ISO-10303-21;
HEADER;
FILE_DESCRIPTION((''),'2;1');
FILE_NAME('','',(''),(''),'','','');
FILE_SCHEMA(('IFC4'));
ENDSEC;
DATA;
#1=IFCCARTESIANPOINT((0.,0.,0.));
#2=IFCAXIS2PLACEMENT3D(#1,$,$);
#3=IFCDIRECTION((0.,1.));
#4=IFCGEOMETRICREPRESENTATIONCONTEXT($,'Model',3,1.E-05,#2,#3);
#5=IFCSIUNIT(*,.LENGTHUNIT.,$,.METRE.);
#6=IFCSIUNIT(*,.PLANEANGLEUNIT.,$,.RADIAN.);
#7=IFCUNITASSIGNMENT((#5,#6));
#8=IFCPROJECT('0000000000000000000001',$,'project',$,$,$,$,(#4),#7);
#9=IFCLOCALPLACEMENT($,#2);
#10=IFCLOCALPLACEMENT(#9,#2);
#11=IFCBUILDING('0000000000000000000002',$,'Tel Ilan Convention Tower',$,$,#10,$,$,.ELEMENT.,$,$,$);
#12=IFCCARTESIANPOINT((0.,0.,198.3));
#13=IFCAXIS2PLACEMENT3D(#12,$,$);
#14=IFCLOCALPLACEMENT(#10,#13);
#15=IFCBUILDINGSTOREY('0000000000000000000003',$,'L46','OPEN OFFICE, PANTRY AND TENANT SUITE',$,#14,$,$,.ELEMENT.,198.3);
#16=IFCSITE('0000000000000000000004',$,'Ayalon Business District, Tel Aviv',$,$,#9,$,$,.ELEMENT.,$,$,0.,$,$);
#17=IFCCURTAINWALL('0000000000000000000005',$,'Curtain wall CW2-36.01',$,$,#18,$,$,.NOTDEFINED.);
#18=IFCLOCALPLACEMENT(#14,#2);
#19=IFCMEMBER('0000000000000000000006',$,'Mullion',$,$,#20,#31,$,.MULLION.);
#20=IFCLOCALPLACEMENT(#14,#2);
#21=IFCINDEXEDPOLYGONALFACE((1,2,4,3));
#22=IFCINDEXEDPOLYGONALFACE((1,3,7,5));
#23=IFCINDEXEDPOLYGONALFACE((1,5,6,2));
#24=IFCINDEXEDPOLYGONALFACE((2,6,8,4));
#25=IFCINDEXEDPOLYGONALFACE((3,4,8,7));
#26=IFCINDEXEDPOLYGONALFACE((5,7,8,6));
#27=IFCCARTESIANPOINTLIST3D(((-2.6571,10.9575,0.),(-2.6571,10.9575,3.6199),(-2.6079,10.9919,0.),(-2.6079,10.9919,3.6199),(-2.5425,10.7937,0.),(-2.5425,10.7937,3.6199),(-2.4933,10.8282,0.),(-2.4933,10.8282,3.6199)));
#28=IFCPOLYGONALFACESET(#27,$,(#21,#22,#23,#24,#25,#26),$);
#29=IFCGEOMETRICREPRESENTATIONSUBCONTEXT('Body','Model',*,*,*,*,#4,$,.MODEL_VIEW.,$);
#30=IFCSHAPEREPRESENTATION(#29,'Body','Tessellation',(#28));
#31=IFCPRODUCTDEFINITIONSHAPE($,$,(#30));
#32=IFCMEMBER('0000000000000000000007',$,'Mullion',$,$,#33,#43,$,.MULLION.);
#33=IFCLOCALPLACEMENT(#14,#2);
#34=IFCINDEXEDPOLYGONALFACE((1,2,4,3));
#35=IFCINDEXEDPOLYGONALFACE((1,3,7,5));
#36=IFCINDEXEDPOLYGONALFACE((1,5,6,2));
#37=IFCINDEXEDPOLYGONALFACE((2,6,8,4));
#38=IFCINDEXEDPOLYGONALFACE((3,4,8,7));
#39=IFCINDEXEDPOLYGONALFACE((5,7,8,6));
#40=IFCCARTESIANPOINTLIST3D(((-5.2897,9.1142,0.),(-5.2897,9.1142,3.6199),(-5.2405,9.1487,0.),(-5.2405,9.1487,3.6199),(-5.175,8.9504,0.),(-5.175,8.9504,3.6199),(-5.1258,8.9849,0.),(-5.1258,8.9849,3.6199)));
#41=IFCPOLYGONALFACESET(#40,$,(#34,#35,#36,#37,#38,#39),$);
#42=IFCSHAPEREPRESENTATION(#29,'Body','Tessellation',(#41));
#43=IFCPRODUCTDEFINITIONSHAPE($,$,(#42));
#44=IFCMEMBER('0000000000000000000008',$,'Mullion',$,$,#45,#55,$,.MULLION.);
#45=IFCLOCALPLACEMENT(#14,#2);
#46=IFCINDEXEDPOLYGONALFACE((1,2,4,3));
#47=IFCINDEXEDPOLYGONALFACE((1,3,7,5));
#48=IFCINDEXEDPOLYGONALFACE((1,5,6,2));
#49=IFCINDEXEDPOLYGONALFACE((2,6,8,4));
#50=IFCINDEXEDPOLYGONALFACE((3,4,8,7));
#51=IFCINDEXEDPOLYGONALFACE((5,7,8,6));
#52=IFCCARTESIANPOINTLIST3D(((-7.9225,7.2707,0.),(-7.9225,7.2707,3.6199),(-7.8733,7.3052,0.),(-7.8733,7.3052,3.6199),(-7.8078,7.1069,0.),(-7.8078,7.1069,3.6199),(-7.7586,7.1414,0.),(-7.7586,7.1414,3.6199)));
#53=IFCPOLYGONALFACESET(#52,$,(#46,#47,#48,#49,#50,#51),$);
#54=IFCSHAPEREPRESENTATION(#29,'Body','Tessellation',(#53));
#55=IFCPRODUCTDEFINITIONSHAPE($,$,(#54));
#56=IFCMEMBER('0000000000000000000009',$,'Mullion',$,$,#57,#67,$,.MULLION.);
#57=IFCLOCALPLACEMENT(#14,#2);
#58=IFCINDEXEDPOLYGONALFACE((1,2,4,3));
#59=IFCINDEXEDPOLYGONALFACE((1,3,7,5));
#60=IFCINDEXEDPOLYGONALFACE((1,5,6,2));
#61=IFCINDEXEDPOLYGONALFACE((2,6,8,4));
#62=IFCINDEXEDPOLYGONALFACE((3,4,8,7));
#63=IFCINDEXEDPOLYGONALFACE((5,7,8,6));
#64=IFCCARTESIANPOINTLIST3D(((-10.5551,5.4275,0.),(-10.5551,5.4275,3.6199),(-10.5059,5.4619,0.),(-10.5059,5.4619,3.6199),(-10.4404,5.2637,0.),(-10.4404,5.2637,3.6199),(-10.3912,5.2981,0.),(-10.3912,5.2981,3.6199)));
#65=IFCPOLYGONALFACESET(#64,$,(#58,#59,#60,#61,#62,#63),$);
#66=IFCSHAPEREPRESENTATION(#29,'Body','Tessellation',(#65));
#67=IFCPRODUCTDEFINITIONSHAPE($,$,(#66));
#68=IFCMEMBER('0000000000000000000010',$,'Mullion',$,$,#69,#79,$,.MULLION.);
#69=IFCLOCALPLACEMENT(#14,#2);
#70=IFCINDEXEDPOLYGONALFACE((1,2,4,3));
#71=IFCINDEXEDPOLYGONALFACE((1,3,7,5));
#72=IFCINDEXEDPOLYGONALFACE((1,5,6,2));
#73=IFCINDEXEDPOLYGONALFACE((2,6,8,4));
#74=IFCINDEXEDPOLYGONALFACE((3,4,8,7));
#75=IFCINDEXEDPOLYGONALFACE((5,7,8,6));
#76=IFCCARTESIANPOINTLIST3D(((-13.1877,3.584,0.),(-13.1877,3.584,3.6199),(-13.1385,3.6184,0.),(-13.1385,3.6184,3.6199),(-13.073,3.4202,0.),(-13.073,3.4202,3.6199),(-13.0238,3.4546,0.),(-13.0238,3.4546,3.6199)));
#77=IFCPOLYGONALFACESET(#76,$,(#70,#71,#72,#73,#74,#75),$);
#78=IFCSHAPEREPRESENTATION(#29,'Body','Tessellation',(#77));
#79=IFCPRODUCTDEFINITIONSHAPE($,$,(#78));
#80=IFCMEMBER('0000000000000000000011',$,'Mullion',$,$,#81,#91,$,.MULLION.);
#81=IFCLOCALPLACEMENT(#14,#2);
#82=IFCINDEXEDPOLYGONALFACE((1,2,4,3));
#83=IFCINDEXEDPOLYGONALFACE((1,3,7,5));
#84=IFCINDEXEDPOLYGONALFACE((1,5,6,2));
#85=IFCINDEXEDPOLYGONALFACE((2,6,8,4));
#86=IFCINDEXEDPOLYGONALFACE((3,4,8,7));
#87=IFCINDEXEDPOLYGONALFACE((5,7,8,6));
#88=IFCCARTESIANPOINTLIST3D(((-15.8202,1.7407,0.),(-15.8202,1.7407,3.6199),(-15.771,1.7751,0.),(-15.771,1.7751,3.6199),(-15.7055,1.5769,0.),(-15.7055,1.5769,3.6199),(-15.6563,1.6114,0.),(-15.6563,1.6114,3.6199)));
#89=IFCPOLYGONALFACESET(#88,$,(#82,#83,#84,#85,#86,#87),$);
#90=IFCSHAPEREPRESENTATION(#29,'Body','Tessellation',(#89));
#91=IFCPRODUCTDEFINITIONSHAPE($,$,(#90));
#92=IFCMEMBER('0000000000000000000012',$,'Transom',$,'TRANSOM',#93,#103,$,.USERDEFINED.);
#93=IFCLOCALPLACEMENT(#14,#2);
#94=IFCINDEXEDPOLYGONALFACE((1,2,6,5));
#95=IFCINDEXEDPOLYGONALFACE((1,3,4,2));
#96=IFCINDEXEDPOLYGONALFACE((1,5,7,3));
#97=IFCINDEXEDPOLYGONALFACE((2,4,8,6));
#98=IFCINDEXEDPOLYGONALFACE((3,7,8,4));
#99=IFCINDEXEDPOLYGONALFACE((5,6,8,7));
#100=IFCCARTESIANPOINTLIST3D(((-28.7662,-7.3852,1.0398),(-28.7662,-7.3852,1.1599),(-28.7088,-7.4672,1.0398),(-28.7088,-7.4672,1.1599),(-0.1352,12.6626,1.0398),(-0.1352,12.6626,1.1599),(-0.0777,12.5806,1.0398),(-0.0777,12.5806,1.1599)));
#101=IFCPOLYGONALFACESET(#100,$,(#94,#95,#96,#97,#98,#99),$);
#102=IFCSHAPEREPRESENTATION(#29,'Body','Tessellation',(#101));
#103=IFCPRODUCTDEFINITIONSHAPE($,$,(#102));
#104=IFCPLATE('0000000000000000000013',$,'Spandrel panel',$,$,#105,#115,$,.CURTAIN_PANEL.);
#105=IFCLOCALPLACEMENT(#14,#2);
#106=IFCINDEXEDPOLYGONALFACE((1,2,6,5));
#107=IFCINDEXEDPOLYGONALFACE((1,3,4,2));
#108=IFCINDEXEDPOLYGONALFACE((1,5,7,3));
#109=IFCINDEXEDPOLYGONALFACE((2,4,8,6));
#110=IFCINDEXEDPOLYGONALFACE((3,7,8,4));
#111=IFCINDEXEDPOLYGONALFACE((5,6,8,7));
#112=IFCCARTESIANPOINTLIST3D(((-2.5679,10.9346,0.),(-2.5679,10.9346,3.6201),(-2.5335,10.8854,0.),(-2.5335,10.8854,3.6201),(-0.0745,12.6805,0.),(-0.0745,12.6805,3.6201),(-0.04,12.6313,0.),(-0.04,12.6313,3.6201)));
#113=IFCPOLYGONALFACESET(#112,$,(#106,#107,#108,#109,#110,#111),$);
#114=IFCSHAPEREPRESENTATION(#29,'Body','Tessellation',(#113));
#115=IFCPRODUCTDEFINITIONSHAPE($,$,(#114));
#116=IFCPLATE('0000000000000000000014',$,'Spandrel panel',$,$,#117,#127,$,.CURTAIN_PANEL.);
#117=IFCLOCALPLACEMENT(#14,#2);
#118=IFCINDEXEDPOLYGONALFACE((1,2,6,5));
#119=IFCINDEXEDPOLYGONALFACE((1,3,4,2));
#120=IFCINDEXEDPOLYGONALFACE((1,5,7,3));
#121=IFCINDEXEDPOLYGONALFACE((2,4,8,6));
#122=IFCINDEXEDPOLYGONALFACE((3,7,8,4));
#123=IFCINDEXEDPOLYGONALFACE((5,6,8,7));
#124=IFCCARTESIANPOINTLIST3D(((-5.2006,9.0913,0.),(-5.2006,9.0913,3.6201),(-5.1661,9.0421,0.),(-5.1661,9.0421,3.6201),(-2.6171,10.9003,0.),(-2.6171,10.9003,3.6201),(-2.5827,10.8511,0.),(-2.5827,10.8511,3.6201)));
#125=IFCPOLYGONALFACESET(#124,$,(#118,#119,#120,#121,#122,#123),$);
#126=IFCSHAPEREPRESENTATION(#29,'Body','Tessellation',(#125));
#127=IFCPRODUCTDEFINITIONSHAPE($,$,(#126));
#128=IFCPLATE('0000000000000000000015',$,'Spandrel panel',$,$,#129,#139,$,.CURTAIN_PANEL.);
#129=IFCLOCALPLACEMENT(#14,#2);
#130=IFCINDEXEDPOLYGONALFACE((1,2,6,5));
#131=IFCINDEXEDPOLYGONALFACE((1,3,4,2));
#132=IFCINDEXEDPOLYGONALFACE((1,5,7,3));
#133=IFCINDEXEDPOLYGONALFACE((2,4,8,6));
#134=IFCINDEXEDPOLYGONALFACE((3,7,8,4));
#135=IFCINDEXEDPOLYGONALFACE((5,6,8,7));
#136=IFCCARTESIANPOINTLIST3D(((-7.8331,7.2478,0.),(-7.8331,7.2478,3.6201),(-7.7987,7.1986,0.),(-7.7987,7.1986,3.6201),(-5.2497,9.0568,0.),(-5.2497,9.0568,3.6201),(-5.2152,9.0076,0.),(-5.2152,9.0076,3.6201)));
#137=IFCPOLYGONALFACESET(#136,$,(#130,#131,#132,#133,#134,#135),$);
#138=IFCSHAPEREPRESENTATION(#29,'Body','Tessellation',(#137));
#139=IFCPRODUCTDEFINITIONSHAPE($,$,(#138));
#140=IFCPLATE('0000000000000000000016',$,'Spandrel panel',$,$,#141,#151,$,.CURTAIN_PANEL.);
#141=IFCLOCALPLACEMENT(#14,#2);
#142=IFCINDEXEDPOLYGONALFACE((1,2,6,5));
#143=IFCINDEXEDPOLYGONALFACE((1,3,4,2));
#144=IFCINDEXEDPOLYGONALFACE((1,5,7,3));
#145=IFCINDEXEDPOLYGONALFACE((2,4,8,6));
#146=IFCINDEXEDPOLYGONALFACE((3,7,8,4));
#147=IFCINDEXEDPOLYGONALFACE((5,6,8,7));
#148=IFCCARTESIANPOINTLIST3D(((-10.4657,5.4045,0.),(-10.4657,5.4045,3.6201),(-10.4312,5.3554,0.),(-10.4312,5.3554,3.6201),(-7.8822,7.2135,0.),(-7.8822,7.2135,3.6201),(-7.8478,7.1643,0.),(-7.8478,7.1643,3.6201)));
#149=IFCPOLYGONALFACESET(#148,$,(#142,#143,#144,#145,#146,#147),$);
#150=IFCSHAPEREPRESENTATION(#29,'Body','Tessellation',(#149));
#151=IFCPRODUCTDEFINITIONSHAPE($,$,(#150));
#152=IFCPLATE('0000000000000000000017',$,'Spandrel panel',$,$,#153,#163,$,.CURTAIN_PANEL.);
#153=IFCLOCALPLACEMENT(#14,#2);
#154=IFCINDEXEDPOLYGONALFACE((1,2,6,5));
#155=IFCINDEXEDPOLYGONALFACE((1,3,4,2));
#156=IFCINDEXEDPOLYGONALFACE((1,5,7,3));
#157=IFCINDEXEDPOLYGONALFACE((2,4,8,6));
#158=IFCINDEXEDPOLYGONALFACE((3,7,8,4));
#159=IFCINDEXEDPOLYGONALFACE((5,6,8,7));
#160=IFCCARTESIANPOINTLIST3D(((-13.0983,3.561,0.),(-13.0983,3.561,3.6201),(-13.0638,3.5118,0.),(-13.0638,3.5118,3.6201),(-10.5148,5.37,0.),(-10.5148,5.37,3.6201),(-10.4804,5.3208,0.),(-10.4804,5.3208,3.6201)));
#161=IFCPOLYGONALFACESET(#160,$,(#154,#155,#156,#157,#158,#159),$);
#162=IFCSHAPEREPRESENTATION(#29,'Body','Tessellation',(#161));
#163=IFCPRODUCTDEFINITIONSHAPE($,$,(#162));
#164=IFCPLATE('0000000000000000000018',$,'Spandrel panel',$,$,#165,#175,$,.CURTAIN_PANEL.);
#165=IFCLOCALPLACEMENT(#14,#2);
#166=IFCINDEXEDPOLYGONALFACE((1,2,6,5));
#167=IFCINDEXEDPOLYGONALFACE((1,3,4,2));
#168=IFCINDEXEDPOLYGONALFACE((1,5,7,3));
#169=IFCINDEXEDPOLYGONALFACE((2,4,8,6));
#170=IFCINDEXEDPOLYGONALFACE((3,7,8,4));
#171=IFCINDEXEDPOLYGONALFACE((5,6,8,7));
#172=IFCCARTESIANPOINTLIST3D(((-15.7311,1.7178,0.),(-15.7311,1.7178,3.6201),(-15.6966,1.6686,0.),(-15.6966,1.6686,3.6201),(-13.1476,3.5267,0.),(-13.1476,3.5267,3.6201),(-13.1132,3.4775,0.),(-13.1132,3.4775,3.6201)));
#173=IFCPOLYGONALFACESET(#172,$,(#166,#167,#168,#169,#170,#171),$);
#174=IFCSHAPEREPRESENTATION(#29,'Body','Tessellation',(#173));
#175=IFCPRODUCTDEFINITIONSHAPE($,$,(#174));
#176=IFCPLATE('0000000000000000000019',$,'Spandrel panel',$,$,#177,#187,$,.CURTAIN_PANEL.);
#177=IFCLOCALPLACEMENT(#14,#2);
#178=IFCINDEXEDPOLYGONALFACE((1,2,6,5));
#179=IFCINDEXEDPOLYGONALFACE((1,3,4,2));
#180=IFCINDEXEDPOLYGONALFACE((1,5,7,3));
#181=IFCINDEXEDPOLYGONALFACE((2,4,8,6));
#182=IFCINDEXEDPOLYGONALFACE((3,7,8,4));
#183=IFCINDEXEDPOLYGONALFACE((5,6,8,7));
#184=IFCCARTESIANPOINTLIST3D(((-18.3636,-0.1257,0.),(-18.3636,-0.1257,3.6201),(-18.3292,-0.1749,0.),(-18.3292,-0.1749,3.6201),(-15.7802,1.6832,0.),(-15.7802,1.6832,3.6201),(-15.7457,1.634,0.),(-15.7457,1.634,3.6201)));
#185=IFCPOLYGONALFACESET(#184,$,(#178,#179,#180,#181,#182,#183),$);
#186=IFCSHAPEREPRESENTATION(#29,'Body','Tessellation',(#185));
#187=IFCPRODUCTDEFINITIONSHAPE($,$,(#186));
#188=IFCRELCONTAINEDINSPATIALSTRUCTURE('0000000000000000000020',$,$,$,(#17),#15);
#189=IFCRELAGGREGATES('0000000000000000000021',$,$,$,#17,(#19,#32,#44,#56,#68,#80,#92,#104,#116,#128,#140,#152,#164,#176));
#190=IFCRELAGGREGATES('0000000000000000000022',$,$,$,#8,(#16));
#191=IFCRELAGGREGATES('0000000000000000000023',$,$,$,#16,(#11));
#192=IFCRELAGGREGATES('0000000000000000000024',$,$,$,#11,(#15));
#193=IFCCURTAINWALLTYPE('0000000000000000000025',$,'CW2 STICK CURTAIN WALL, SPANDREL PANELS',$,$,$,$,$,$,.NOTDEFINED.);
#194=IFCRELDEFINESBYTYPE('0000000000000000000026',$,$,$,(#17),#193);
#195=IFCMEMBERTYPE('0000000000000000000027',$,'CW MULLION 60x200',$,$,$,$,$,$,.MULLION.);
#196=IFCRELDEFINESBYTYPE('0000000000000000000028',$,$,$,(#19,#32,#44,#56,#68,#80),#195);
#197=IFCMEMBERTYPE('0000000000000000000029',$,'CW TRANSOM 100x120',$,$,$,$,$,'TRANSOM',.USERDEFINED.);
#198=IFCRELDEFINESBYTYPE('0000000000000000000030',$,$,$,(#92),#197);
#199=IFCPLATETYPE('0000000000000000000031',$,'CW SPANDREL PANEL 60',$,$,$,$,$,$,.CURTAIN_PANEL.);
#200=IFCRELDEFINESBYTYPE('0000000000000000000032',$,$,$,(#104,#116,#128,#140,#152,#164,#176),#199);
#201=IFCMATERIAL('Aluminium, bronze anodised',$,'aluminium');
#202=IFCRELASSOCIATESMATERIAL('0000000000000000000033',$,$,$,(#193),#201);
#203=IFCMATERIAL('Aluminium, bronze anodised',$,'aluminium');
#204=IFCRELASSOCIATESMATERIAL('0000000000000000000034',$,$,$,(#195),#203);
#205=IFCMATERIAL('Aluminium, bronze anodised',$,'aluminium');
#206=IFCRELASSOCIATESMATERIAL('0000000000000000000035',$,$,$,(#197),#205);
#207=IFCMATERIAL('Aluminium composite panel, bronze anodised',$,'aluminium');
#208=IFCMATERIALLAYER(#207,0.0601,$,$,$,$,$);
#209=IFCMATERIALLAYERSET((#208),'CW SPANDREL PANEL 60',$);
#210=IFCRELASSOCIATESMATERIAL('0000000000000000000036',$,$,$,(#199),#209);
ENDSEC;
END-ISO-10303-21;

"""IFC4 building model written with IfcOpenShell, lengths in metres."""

from ifc_helpers import new_model, si_unit, direction, frame, origin, origin_2d, place, context, subcontext, project, spatial, rectangle, extrude, material, layer, layer_set, material_profile, profile_set, type_object, element, aggregate, save


model = new_model("IFC4")

# Units and contexts
model_context = context("Model", 3, precision=1e-05, world=origin(), true_north=direction((0.0, 1.0)))
body_context = subcontext(model_context, "Body", "Model", "MODEL_VIEW")
ifc_project = project(units=[si_unit("LENGTHUNIT", "METRE"), si_unit("PLANEANGLEUNIT", "RADIAN")], contexts=[model_context])

# Site, building, storey
site_placement = place(None, origin())
site = spatial("IfcSite", under=ifc_project, at=site_placement, Name="Ayalon Business District, Tel Aviv", CompositionType="ELEMENT", RefElevation=0.0)
building_placement = place(site_placement, origin())
building = spatial("IfcBuilding", under=site, at=building_placement, Name="Tel Ilan Convention Tower", CompositionType="ELEMENT")
storey_placement = place(building_placement, frame((0.0, 0.0, 198.3)))
storey = spatial("IfcBuildingStorey", under=building, at=storey_placement, Name="L46", Description="OPEN OFFICE, PANTRY AND TENANT SUITE", CompositionType="ELEMENT", Elevation=198.3)

# Curtain wall, members, plates
ifc_material_1 = material(Name="Aluminium, bronze anodised", Category="aluminium")
curtain_wall_type = type_object("IfcCurtainWallType", Name="CW2 STICK CURTAIN WALL, SPANDREL PANELS", PredefinedType="NOTDEFINED", material=ifc_material_1)
curtain_wall_placement = place(storey_placement, origin())
curtain_wall = element("IfcCurtainWall", 1, at=curtain_wall_placement, inside=storey, type_object=curtain_wall_type, Name="Curtain wall CW2-36.01", PredefinedType="NOTDEFINED")
ifc_material_2 = material(Name="Aluminium, bronze anodised", Category="aluminium")
ifc_material_profile_1 = material_profile(ifc_material_2, rectangle(XDim=0.0601, YDim=0.2, at=origin_2d()), Name="CW MULLION 60x200")
ifc_profile_set_1 = profile_set([ifc_material_profile_1], Name="Aluminium, bronze anodised")
member_type_1 = type_object("IfcMemberType", Name="CW MULLION 60x200", PredefinedType="MULLION", material=ifc_profile_set_1)
member_1_placement = place(storey_placement, frame((-2.5752, 10.8928, 0.0), z_axis=(0.0, 0.0, 1.0), x_axis=(-0.819152, -0.573576, 0.0)))
member_1 = element("IfcMember", 2, at=member_1_placement, type_object=member_type_1, Name="Mullion", PredefinedType="MULLION", context=body_context, shape_type="SweptSolid", body=[
    extrude(rectangle(XDim=0.0601, YDim=0.2, at=origin_2d()), origin(), (0.0, 0.0, 1.0), 3.6199),
])
member_2_placement = place(storey_placement, frame((-5.2078, 9.0496, 0.0), z_axis=(0.0, 0.0, 1.0), x_axis=(-0.819152, -0.573576, 0.0)))
member_2 = element("IfcMember", 3, at=member_2_placement, type_object=member_type_1, Name="Mullion", PredefinedType="MULLION", context=body_context, shape_type="SweptSolid", body=[
    extrude(rectangle(XDim=0.0601, YDim=0.2, at=origin_2d()), origin(), (0.0, 0.0, 1.0), 3.6199),
])
member_3_placement = place(storey_placement, frame((-7.8406, 7.2061, 0.0), z_axis=(0.0, 0.0, 1.0), x_axis=(-0.819152, -0.573576, 0.0)))
member_3 = element("IfcMember", 4, at=member_3_placement, type_object=member_type_1, Name="Mullion", PredefinedType="MULLION", context=body_context, shape_type="SweptSolid", body=[
    extrude(rectangle(XDim=0.0601, YDim=0.2, at=origin_2d()), origin(), (0.0, 0.0, 1.0), 3.6199),
])
member_4_placement = place(storey_placement, frame((-10.4731, 5.3628, 0.0), z_axis=(0.0, 0.0, 1.0), x_axis=(-0.819152, -0.573576, 0.0)))
member_4 = element("IfcMember", 5, at=member_4_placement, type_object=member_type_1, Name="Mullion", PredefinedType="MULLION", context=body_context, shape_type="SweptSolid", body=[
    extrude(rectangle(XDim=0.0601, YDim=0.2, at=origin_2d()), origin(), (0.0, 0.0, 1.0), 3.6199),
])
member_5_placement = place(storey_placement, frame((-13.1057, 3.5193, 0.0), z_axis=(0.0, 0.0, 1.0), x_axis=(-0.819152, -0.573576, 0.0)))
member_5 = element("IfcMember", 6, at=member_5_placement, type_object=member_type_1, Name="Mullion", PredefinedType="MULLION", context=body_context, shape_type="SweptSolid", body=[
    extrude(rectangle(XDim=0.0601, YDim=0.2, at=origin_2d()), origin(), (0.0, 0.0, 1.0), 3.6199),
])
member_6_placement = place(storey_placement, frame((-15.7383, 1.676, 0.0), z_axis=(0.0, 0.0, 1.0), x_axis=(-0.819152, -0.573576, 0.0)))
member_6 = element("IfcMember", 7, at=member_6_placement, type_object=member_type_1, Name="Mullion", PredefinedType="MULLION", context=body_context, shape_type="SweptSolid", body=[
    extrude(rectangle(XDim=0.0601, YDim=0.2, at=origin_2d()), origin(), (0.0, 0.0, 1.0), 3.6199),
])
ifc_material_3 = material(Name="Aluminium, bronze anodised", Category="aluminium")
ifc_material_profile_2 = material_profile(ifc_material_3, rectangle(XDim=0.1001, YDim=0.1201, at=origin_2d()), Name="CW TRANSOM 100x120")
ifc_profile_set_2 = profile_set([ifc_material_profile_2], Name="Aluminium, bronze anodised")
member_type_2 = type_object("IfcMemberType", Name="CW TRANSOM 100x120", ElementType="TRANSOM", PredefinedType="USERDEFINED", material=ifc_profile_set_2)
member_7_placement = place(storey_placement, frame((-0.1064, 12.6216, 1.0999), z_axis=(-0.81915, -0.573579, 0.0), x_axis=(0.573579, -0.81915, 0.0)))
member_7 = element("IfcMember", 8, at=member_7_placement, type_object=member_type_2, Name="Transom", ObjectType="TRANSOM", PredefinedType="USERDEFINED", context=body_context, shape_type="SweptSolid", body=[
    extrude(rectangle(XDim=0.1001, YDim=0.1201, at=origin_2d()), origin(), (0.0, 0.0, 1.0), 34.9521),
])
ifc_material_4 = material(Name="Aluminium composite panel, bronze anodised", Category="aluminium")
ifc_layer_1 = layer(ifc_material_4, 0.0601)
ifc_layer_set_1 = layer_set([ifc_layer_1], Name="CW SPANDREL PANEL 60")
plate_type = type_object("IfcPlateType", Name="CW SPANDREL PANEL 60", PredefinedType="CURTAIN_PANEL", material=ifc_layer_set_1)
plate_1_placement = place(storey_placement, frame((-1.304, 11.783, 0.0), z_axis=(0.0, 0.0, 1.0), x_axis=(-0.819152, -0.573576, 0.0)))
plate_1 = element("IfcPlate", 9, at=plate_1_placement, type_object=plate_type, Name="Spandrel panel", PredefinedType="CURTAIN_PANEL", context=body_context, shape_type="SweptSolid", body=[
    extrude(rectangle(XDim=3.0439, YDim=0.0601, at=origin_2d()), origin(), (0.0, 0.0, 1.0), 3.6201),
])
plate_2_placement = place(storey_placement, frame((-3.8916, 9.9712, 0.0), z_axis=(0.0, 0.0, 1.0), x_axis=(-0.819152, -0.573576, 0.0)))
plate_2 = element("IfcPlate", 10, at=plate_2_placement, type_object=plate_type, Name="Spandrel panel", PredefinedType="CURTAIN_PANEL", context=body_context, shape_type="SweptSolid", body=[
    extrude(rectangle(XDim=3.1538, YDim=0.0601, at=origin_2d()), origin(), (0.0, 0.0, 1.0), 3.6201),
])
plate_3_placement = place(storey_placement, frame((-6.5242, 8.1277, 0.0), z_axis=(0.0, 0.0, 1.0), x_axis=(-0.819152, -0.573576, 0.0)))
plate_3 = element("IfcPlate", 11, at=plate_3_placement, type_object=plate_type, Name="Spandrel panel", PredefinedType="CURTAIN_PANEL", context=body_context, shape_type="SweptSolid", body=[
    extrude(rectangle(XDim=3.1538, YDim=0.0601, at=origin_2d()), origin(), (0.0, 0.0, 1.0), 3.6201),
])
plate_4_placement = place(storey_placement, frame((-9.1567, 6.2844, 0.0), z_axis=(0.0, 0.0, 1.0), x_axis=(-0.819152, -0.573576, 0.0)))
plate_4 = element("IfcPlate", 12, at=plate_4_placement, type_object=plate_type, Name="Spandrel panel", PredefinedType="CURTAIN_PANEL", context=body_context, shape_type="SweptSolid", body=[
    extrude(rectangle(XDim=3.1538, YDim=0.0601, at=origin_2d()), origin(), (0.0, 0.0, 1.0), 3.6201),
])
plate_5_placement = place(storey_placement, frame((-11.7893, 4.4409, 0.0), z_axis=(0.0, 0.0, 1.0), x_axis=(-0.819152, -0.573576, 0.0)))
plate_5 = element("IfcPlate", 13, at=plate_5_placement, type_object=plate_type, Name="Spandrel panel", PredefinedType="CURTAIN_PANEL", context=body_context, shape_type="SweptSolid", body=[
    extrude(rectangle(XDim=3.1538, YDim=0.0601, at=origin_2d()), origin(), (0.0, 0.0, 1.0), 3.6201),
])
plate_6_placement = place(storey_placement, frame((-14.4221, 2.5977, 0.0), z_axis=(0.0, 0.0, 1.0), x_axis=(-0.819152, -0.573576, 0.0)))
plate_6 = element("IfcPlate", 14, at=plate_6_placement, type_object=plate_type, Name="Spandrel panel", PredefinedType="CURTAIN_PANEL", context=body_context, shape_type="SweptSolid", body=[
    extrude(rectangle(XDim=3.1538, YDim=0.0601, at=origin_2d()), origin(), (0.0, 0.0, 1.0), 3.6201),
])
plate_7_placement = place(storey_placement, frame((-17.0547, 0.7542, 0.0), z_axis=(0.0, 0.0, 1.0), x_axis=(-0.819152, -0.573576, 0.0)))
plate_7 = element("IfcPlate", 15, at=plate_7_placement, type_object=plate_type, Name="Spandrel panel", PredefinedType="CURTAIN_PANEL", context=body_context, shape_type="SweptSolid", body=[
    extrude(rectangle(XDim=3.1538, YDim=0.0601, at=origin_2d()), origin(), (0.0, 0.0, 1.0), 3.6201),
])
aggregate(curtain_wall, [member_1, member_2, member_3, member_4, member_5, member_6, member_7, plate_1, plate_2, plate_3, plate_4, plate_5, plate_6, plate_7])

save(model, "model.ifc")
